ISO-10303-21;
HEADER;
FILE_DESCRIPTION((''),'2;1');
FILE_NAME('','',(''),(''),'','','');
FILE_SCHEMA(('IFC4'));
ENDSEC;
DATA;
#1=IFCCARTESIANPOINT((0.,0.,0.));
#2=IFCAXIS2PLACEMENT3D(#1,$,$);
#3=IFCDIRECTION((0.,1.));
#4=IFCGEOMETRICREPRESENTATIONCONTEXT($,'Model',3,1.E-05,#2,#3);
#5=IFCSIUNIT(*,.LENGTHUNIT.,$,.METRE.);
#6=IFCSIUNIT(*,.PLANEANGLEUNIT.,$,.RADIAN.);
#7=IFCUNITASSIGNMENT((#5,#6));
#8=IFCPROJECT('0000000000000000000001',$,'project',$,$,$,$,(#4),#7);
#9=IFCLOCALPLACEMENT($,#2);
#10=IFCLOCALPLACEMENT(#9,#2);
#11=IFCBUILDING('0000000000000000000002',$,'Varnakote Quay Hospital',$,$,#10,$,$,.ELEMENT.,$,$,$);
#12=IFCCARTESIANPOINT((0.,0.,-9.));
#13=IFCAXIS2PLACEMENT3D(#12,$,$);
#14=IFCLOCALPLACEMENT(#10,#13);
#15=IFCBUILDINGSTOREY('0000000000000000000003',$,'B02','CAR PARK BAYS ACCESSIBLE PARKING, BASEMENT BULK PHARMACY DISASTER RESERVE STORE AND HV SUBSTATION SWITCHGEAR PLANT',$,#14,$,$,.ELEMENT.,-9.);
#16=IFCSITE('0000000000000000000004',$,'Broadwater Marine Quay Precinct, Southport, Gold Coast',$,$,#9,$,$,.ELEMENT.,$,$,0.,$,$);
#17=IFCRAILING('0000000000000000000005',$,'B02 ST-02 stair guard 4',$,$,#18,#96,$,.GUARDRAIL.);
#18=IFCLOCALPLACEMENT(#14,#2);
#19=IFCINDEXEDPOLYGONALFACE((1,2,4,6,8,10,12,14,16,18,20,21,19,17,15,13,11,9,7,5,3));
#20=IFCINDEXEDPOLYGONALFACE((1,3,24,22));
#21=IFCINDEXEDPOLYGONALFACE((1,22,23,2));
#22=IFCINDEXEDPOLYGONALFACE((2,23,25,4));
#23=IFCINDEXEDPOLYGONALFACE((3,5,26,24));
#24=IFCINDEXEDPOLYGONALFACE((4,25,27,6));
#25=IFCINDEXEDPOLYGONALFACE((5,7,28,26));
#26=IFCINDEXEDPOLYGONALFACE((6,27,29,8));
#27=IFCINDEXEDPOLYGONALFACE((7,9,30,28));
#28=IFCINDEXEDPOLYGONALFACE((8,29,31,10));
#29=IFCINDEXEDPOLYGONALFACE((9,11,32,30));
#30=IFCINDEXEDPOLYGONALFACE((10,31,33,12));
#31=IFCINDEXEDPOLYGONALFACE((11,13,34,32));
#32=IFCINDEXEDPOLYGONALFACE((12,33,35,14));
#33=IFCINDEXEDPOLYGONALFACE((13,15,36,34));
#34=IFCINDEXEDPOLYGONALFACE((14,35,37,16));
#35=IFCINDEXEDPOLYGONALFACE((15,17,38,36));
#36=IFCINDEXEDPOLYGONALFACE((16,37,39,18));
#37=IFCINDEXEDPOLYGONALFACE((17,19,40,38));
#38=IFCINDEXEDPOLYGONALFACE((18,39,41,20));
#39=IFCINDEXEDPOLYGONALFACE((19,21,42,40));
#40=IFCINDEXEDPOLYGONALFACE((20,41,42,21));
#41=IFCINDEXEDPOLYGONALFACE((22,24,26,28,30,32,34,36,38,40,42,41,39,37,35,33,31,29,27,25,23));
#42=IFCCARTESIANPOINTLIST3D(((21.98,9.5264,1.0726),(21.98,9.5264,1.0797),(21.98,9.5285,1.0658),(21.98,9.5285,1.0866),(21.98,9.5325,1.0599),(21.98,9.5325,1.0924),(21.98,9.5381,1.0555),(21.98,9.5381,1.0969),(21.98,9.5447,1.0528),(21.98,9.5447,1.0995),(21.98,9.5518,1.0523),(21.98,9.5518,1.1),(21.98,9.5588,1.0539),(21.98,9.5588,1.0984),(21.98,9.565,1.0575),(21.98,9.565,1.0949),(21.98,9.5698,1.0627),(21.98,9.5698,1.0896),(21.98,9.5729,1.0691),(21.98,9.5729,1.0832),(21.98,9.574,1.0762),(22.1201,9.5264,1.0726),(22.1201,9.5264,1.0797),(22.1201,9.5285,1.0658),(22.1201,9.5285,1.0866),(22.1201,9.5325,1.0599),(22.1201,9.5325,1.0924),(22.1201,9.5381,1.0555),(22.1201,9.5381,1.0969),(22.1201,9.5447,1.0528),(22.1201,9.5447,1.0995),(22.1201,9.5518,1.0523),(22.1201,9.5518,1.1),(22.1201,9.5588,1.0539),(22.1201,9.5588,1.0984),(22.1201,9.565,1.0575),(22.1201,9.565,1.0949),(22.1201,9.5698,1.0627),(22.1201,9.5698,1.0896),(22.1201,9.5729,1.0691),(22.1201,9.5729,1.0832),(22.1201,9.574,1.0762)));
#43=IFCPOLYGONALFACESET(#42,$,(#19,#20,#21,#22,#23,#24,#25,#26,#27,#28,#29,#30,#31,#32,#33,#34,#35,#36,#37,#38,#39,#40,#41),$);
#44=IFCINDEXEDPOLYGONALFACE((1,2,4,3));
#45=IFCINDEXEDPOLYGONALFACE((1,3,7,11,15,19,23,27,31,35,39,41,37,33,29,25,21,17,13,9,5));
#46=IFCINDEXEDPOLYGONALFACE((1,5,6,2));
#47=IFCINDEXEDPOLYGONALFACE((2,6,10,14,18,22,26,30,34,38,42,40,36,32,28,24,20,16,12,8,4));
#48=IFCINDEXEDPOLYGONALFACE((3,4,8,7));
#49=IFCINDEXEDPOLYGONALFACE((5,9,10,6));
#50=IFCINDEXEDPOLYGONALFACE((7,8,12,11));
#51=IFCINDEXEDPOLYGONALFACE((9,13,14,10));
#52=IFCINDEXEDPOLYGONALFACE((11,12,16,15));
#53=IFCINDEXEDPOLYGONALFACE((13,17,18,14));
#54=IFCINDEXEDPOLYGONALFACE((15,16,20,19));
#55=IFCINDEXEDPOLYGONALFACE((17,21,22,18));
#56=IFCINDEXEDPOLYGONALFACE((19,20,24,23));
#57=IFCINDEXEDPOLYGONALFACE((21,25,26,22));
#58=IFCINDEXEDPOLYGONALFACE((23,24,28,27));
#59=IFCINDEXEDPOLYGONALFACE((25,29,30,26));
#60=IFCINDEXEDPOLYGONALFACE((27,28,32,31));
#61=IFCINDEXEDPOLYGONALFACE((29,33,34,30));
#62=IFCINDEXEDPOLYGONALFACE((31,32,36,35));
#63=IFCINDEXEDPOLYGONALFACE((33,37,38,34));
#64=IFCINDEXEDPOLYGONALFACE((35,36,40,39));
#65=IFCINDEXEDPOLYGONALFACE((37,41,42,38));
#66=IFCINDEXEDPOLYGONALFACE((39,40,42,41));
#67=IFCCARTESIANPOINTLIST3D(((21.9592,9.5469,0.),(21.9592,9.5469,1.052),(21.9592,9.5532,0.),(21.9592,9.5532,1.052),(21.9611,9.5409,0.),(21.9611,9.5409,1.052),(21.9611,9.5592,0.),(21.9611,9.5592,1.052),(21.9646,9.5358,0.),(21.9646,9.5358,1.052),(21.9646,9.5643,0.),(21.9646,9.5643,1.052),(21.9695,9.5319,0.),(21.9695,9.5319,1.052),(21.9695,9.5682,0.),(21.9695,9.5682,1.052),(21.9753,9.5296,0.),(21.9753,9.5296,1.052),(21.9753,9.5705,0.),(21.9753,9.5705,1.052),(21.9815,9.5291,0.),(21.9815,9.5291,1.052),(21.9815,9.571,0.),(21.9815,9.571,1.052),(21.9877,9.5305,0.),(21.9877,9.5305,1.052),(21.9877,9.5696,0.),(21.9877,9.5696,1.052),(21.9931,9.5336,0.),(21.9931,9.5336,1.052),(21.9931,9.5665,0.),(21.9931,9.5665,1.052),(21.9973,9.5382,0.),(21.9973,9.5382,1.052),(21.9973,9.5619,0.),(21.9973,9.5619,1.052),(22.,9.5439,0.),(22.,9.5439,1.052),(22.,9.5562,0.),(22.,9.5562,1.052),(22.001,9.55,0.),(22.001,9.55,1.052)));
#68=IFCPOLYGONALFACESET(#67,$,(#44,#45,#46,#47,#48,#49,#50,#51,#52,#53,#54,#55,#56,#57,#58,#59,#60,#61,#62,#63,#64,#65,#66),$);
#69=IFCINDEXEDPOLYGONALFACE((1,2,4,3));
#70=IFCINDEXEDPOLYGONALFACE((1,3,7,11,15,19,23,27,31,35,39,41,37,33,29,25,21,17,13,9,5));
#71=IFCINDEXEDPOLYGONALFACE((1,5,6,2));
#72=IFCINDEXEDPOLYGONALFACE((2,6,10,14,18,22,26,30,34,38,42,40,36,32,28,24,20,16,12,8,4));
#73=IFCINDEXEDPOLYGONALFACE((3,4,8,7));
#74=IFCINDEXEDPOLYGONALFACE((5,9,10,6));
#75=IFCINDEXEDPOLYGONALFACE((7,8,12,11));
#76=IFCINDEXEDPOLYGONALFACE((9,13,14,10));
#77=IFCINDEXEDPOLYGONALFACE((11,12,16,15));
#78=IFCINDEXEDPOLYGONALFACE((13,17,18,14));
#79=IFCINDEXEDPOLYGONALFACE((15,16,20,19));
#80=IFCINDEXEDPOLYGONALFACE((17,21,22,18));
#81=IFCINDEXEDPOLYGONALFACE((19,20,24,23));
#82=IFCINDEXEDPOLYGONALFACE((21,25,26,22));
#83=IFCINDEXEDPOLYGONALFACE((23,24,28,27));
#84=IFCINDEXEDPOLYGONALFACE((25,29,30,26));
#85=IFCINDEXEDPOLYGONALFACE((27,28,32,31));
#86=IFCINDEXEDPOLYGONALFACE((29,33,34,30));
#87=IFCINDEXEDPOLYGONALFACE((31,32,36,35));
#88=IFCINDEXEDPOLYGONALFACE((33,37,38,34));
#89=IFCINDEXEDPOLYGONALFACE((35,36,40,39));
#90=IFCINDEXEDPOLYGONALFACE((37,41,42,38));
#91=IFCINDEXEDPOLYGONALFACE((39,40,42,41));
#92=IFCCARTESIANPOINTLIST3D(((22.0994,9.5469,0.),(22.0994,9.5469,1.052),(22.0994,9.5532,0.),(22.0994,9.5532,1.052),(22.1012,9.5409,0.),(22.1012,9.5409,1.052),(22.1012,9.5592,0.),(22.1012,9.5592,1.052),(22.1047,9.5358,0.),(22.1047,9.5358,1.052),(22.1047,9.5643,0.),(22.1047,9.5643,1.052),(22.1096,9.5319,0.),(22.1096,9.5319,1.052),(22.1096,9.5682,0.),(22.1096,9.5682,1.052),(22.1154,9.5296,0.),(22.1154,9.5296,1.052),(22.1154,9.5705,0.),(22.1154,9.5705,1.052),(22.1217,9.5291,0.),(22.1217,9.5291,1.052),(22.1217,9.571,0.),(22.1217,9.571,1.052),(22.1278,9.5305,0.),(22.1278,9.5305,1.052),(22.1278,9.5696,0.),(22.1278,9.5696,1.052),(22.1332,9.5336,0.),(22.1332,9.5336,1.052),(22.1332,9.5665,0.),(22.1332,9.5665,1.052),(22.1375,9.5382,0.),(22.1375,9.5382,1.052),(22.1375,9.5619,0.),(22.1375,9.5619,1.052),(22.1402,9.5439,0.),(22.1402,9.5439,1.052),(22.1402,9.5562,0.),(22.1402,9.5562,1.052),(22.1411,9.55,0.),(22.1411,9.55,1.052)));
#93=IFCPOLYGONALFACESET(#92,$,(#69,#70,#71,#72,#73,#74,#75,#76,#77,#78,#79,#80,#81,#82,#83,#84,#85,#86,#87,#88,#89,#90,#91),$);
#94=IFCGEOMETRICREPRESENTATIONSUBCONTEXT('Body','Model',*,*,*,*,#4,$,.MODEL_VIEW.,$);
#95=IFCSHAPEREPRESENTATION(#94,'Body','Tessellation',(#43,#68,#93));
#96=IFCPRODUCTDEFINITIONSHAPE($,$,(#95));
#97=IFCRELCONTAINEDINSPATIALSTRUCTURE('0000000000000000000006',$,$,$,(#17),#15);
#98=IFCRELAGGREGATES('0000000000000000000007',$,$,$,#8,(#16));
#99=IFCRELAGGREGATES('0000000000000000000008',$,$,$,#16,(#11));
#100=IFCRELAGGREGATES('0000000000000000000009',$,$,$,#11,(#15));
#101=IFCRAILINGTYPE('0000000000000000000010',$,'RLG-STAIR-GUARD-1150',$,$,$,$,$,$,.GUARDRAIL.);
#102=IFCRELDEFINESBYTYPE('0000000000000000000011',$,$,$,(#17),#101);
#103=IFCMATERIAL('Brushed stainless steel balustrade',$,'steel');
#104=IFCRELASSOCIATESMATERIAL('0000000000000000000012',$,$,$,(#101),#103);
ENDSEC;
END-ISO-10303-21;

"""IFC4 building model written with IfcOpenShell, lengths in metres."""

from ifc_helpers import new_model, si_unit, direction, frame, origin, origin_2d, place, context, subcontext, project, spatial, circle, extrude, material, type_object, element, save


model = new_model("IFC4")

# Units and contexts
model_context = context("Model", 3, precision=1e-05, world=origin(), true_north=direction((0.0, 1.0)))
body_context = subcontext(model_context, "Body", "Model", "MODEL_VIEW")
ifc_project = project(units=[si_unit("LENGTHUNIT", "METRE"), si_unit("PLANEANGLEUNIT", "RADIAN")], contexts=[model_context])

# Site, building, storey
site_placement = place(None, origin())
site = spatial("IfcSite", under=ifc_project, at=site_placement, Name="Broadwater Marine Quay Precinct, Southport, Gold Coast", CompositionType="ELEMENT", RefElevation=0.0)
building_placement = place(site_placement, origin())
building = spatial("IfcBuilding", under=site, at=building_placement, Name="Varnakote Quay Hospital", CompositionType="ELEMENT")
storey_placement = place(building_placement, frame((0.0, 0.0, -9.0)))
storey = spatial("IfcBuildingStorey", under=building, at=storey_placement, Name="B02", Description="CAR PARK BAYS ACCESSIBLE PARKING, BASEMENT BULK PHARMACY DISASTER RESERVE STORE AND HV SUBSTATION SWITCHGEAR PLANT", CompositionType="ELEMENT", Elevation=-9.0)

# Railing
ifc_material_1 = material(Name="Brushed stainless steel balustrade", Category="steel")
railing_type_1 = type_object("IfcRailingType", Name="RLG-STAIR-GUARD-1150", PredefinedType="GUARDRAIL", material=ifc_material_1)
railing_1_placement = place(storey_placement, frame((21.98, 9.55, 0.0)))
element("IfcRailing", 1, at=railing_1_placement, inside=storey, type_object=railing_type_1, Name="B02 ST-02 stair guard 4", PredefinedType="GUARDRAIL", context=body_context, shape_type="SweptSolid", body=[
    extrude(circle(Radius=0.0239, at=origin_2d()), frame((0.0, 0.0, 1.0762), z_axis=(1.0, 0.0, 0.0), x_axis=(0.0, 1.0, 0.0)), (0.0, 0.0, 1.0), 0.1401),
    extrude(circle(Radius=0.021, at=origin_2d()), origin(), (0.0, 0.0, 1.0), 1.052),
    extrude(circle(Radius=0.021, at=origin_2d()), frame((0.1401, 0.0, 0.0)), (0.0, 0.0, 1.0), 1.052),
])

save(model, "model.ifc")
